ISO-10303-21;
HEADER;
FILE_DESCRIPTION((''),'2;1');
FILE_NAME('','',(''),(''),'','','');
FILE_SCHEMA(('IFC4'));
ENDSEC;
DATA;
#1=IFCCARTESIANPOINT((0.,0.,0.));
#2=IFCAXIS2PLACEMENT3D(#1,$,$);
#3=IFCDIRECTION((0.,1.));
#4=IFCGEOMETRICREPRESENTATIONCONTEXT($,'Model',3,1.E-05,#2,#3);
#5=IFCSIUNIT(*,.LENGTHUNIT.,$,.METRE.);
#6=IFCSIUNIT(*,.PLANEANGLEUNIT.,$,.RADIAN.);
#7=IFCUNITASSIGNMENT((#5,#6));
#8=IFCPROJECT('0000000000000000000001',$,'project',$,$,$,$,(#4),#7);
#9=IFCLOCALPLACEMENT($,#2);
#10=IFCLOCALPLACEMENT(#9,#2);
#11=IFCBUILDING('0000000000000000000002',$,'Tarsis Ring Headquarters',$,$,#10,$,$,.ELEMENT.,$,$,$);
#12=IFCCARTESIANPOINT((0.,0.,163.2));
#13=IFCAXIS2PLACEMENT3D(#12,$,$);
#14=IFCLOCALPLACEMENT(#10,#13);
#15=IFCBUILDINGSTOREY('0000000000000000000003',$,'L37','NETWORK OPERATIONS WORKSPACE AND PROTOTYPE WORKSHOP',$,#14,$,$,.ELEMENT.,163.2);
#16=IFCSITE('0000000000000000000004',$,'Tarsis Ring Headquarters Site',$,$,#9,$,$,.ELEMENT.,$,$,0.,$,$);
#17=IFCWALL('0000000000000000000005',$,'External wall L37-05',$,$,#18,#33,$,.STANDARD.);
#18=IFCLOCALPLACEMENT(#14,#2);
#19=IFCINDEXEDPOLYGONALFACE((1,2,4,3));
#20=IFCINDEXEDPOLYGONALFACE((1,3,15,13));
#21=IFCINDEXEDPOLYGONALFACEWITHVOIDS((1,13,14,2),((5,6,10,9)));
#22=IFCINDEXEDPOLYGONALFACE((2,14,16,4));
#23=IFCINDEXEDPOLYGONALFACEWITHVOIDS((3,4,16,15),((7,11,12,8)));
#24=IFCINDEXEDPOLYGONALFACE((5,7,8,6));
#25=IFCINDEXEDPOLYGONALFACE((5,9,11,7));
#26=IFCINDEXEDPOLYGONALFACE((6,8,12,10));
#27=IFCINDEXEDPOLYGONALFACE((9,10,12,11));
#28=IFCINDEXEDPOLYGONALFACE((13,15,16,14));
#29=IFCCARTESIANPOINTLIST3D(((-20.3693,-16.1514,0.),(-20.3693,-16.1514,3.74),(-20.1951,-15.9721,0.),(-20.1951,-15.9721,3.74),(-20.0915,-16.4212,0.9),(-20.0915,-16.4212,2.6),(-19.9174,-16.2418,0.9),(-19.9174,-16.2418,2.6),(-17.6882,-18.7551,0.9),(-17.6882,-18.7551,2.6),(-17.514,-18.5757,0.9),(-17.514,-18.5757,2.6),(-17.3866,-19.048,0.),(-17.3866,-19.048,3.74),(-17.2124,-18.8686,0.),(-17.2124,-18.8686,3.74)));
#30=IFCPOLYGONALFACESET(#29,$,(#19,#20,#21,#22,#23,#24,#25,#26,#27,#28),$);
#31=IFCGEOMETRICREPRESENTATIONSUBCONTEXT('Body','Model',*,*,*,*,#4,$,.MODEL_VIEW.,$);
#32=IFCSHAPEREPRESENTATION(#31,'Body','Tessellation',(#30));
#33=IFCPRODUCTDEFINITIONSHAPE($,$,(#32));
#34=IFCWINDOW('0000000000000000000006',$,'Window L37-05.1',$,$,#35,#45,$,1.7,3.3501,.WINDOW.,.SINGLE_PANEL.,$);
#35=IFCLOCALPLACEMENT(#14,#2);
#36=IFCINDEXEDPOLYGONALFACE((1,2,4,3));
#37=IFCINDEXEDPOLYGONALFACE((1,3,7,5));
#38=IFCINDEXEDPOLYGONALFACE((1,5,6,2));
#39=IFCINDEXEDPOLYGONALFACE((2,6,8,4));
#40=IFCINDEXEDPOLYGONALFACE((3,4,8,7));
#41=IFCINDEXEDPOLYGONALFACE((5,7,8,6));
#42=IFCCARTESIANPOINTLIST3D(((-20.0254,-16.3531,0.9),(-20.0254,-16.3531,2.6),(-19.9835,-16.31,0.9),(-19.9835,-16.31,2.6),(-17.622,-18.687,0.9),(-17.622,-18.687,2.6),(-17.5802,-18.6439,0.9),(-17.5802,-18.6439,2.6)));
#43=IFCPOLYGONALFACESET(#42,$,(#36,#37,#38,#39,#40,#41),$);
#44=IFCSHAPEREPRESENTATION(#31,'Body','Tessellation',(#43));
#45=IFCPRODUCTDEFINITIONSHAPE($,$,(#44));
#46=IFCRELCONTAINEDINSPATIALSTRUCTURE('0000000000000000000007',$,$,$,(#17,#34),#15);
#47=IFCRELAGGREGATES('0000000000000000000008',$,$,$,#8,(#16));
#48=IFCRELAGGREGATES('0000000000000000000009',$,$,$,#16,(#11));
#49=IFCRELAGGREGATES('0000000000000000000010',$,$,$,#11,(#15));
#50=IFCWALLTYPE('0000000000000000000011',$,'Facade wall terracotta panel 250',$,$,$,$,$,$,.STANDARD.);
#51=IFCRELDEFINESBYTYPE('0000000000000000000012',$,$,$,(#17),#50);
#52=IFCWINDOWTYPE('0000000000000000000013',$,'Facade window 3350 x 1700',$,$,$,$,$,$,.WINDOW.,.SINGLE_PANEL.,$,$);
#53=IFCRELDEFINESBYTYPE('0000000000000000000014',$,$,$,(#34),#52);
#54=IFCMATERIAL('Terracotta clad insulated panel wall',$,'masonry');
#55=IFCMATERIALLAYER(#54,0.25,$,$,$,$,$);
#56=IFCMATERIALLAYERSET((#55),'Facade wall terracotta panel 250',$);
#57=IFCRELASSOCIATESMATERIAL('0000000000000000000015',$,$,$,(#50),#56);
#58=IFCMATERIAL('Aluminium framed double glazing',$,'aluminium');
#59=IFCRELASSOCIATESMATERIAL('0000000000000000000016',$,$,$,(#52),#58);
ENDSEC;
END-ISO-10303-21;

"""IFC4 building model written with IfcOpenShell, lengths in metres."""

from ifc_helpers import new_model, si_unit, direction, frame, frame_2d, origin, place, context, subcontext, project, spatial, rectangle, extrude, material, layer, layer_set, type_object, element, fill, save


model = new_model("IFC4")

# Units and contexts
model_context = context("Model", 3, precision=1e-05, world=origin(), true_north=direction((0.0, 1.0)))
body_context = subcontext(model_context, "Body", "Model", "MODEL_VIEW")
ifc_project = project(units=[si_unit("LENGTHUNIT", "METRE"), si_unit("PLANEANGLEUNIT", "RADIAN")], contexts=[model_context])

# Site, building, storey
site_placement = place(None, origin())
site = spatial("IfcSite", under=ifc_project, at=site_placement, Name="Tarsis Ring Headquarters Site", CompositionType="ELEMENT", RefElevation=0.0)
building_placement = place(site_placement, origin())
building = spatial("IfcBuilding", under=site, at=building_placement, Name="Tarsis Ring Headquarters", CompositionType="ELEMENT")
storey_placement = place(building_placement, frame((0.0, 0.0, 163.2)))
storey = spatial("IfcBuildingStorey", under=building, at=storey_placement, Name="L37", Description="NETWORK OPERATIONS WORKSPACE AND PROTOTYPE WORKSHOP", CompositionType="ELEMENT", Elevation=163.2)

# Wall, opening, window
ifc_material_1 = material(Name="Terracotta clad insulated panel wall", Category="masonry")
ifc_layer_1 = layer(ifc_material_1, 0.25)
ifc_layer_set_1 = layer_set([ifc_layer_1], Name="Facade wall terracotta panel 250")
wall_type_1 = type_object("IfcWallType", Name="Facade wall terracotta panel 250", PredefinedType="STANDARD", material=ifc_layer_set_1)
wall_1_placement = place(storey_placement, frame((-20.2822, -16.0618, 0.0), z_axis=(0.0, 0.0, 1.0), x_axis=(0.717395, -0.696667, 0.0)))
wall_1 = element("IfcWall", 1, at=wall_1_placement, inside=storey, type_object=wall_type_1, Name="External wall L37-05", PredefinedType="STANDARD", context=body_context, shape_type="SweptSolid", body=[
    extrude(rectangle(XDim=4.1577, YDim=0.25, at=frame_2d((2.0789, 0.0))), origin(), (0.0, 0.0, 1.0), 3.74),
])
opening_1_placement = place(wall_1_placement, frame((0.3872, 0.0, 0.8999)))
opening_1 = element("IfcOpeningElement", 2, at=opening_1_placement, cuts=wall_1, PredefinedType="OPENING", context=body_context, shape_type="SweptSolid", body=[
    extrude(rectangle(XDim=3.3501, YDim=1.7, at=frame_2d((1.675, 0.8501))), frame((0.0, 0.135, 0.0), z_axis=(0.0, -1.0, 0.0), x_axis=(1.0, 0.0, 0.0)), (0.0, 0.0, 1.0), 0.27),
])
ifc_material_2 = material(Name="Aluminium framed double glazing", Category="aluminium")
window_type = type_object("IfcWindowType", Name="Facade window 3350 x 1700", PartitioningType="SINGLE_PANEL", PredefinedType="WINDOW", material=ifc_material_2)
window_placement = place(opening_1_placement, origin())
window = element("IfcWindow", 3, at=window_placement, inside=storey, type_object=window_type, Name="Window L37-05.1", OverallHeight=1.7, OverallWidth=3.3501, PartitioningType="SINGLE_PANEL", PredefinedType="WINDOW", context=body_context, shape_type="SweptSolid", body=[
    extrude(rectangle(XDim=3.3501, YDim=1.7, at=frame_2d((1.675, 0.8501))), frame((0.0, 0.03, 0.0), z_axis=(0.0, -1.0, 0.0), x_axis=(1.0, 0.0, 0.0)), (0.0, 0.0, 1.0), 0.0601),
])
fill(opening_1, window)

save(model, "model.ifc")
